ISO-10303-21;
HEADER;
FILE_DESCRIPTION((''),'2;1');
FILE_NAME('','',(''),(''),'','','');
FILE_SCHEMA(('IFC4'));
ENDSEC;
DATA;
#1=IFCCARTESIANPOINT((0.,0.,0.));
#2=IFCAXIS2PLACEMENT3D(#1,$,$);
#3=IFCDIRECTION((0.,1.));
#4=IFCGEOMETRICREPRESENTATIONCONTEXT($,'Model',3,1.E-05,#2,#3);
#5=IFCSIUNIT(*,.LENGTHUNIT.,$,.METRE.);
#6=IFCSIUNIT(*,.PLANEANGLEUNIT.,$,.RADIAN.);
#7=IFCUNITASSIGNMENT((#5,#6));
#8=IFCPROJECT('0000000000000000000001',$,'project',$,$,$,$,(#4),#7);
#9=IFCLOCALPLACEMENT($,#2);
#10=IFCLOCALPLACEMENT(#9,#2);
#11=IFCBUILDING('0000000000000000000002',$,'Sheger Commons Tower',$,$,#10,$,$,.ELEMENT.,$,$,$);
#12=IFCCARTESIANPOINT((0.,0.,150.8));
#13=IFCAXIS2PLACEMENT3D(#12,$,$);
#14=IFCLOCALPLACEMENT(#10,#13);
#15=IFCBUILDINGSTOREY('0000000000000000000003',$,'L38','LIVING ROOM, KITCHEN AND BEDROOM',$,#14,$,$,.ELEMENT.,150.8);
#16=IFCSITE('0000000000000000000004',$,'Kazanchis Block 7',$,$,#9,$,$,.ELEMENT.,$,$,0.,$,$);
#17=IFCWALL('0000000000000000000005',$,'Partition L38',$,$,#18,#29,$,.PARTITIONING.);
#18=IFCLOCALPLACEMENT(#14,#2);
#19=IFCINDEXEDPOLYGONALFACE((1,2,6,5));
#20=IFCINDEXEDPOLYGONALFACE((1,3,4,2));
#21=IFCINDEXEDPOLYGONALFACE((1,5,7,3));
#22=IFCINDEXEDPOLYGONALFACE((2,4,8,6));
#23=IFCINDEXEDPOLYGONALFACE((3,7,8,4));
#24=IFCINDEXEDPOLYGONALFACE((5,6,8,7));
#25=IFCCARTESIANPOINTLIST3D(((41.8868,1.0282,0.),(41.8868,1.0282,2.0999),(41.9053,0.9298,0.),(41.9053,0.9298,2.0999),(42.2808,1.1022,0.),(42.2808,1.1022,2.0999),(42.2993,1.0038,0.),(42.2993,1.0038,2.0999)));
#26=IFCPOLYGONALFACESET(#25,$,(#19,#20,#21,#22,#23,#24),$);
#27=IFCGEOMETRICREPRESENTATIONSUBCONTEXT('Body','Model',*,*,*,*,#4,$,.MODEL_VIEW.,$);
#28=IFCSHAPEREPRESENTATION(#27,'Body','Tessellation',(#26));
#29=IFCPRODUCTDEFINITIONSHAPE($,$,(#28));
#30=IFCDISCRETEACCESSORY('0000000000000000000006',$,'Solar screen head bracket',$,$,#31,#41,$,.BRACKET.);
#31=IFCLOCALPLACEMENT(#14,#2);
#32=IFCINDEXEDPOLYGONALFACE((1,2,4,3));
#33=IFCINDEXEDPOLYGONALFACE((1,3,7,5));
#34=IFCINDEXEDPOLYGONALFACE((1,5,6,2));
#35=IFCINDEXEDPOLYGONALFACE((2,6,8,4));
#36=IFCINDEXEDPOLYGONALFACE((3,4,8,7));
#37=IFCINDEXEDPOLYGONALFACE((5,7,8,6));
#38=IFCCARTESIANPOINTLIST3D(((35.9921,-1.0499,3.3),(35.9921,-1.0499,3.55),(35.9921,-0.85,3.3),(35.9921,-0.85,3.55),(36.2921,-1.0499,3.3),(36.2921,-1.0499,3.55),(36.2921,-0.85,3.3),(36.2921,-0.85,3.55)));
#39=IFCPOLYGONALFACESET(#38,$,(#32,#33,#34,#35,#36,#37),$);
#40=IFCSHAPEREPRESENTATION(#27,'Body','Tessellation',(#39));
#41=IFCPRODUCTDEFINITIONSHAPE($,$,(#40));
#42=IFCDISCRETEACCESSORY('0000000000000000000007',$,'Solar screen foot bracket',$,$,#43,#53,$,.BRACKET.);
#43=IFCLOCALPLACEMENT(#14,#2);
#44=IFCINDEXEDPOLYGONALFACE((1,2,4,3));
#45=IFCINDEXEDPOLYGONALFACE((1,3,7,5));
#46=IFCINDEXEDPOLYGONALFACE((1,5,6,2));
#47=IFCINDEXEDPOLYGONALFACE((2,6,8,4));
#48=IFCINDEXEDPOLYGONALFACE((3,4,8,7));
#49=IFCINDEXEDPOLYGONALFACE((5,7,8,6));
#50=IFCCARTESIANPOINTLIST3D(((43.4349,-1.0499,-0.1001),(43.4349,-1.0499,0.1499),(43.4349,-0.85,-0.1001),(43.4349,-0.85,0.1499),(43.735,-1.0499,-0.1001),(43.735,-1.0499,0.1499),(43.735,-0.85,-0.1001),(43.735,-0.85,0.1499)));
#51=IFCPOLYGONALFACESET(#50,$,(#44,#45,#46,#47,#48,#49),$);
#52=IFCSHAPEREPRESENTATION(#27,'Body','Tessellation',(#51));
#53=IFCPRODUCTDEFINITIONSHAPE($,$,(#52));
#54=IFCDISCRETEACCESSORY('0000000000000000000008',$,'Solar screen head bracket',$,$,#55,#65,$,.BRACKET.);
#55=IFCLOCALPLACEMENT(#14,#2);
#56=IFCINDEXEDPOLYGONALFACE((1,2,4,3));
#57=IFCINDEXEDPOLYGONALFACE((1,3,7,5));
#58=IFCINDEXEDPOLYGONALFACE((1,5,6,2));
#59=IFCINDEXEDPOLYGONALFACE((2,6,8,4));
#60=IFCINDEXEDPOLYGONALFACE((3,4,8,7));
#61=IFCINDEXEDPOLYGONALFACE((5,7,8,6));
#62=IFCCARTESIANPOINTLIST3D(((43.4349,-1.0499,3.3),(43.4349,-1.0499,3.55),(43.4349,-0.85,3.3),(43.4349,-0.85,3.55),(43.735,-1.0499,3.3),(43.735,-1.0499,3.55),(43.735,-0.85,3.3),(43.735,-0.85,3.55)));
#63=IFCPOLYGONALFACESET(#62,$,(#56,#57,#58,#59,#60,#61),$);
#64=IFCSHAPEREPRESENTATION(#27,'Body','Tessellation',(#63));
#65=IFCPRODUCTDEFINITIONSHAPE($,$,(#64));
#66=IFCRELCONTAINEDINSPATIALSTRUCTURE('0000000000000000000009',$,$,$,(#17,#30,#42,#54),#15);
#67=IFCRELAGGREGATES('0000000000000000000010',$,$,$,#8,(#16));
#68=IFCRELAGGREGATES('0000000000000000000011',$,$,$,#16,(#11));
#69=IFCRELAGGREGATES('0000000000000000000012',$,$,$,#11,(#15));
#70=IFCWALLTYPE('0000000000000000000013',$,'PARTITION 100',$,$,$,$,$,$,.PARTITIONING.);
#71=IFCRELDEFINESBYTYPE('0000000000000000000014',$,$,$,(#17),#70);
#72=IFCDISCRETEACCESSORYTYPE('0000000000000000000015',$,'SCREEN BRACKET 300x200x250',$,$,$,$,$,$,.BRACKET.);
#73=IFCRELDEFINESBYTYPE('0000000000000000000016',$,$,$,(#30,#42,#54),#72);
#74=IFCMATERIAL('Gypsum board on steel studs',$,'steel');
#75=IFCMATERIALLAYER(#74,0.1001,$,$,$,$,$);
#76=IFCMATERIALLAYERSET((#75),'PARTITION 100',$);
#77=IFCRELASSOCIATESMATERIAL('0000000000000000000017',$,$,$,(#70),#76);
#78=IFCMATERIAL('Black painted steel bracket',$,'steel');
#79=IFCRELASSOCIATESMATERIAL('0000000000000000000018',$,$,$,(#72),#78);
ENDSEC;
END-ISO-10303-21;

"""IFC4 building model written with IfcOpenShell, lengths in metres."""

from ifc_helpers import new_model, si_unit, direction, frame, frame_2d, origin, origin_2d, place, context, subcontext, project, spatial, rectangle, extrude, material, layer, layer_set, type_object, element, save


model = new_model("IFC4")

# Units and contexts
model_context = context("Model", 3, precision=1e-05, world=origin(), true_north=direction((0.0, 1.0)))
body_context = subcontext(model_context, "Body", "Model", "MODEL_VIEW")
ifc_project = project(units=[si_unit("LENGTHUNIT", "METRE"), si_unit("PLANEANGLEUNIT", "RADIAN")], contexts=[model_context])

# Site, building, storey
site_placement = place(None, origin())
site = spatial("IfcSite", under=ifc_project, at=site_placement, Name="Kazanchis Block 7", CompositionType="ELEMENT", RefElevation=0.0)
building_placement = place(site_placement, origin())
building = spatial("IfcBuilding", under=site, at=building_placement, Name="Sheger Commons Tower", CompositionType="ELEMENT")
storey_placement = place(building_placement, frame((0.0, 0.0, 150.8)))
storey = spatial("IfcBuildingStorey", under=building, at=storey_placement, Name="L38", Description="LIVING ROOM, KITCHEN AND BEDROOM", CompositionType="ELEMENT", Elevation=150.8)

# Shared definitions
ifc_material_1 = material(Name="Gypsum board on steel studs", Category="steel")
ifc_layer_1 = layer(ifc_material_1, 0.1001)
ifc_layer_set_1 = layer_set([ifc_layer_1], Name="PARTITION 100")
wall_type_1 = type_object("IfcWallType", Name="PARTITION 100", PredefinedType="PARTITIONING", material=ifc_layer_set_1)

# Wall
wall_1_placement = place(storey_placement, frame((42.29, 1.053, 0.0), z_axis=(0.0, 0.0, 1.0), x_axis=(-0.982831, -0.184509, 0.0)))
element("IfcWall", 1, at=wall_1_placement, inside=storey, type_object=wall_type_1, Name="Partition L38", PredefinedType="PARTITIONING", context=body_context, shape_type="SweptSolid", body=[
    extrude(rectangle(XDim=0.4009, YDim=0.1001, at=frame_2d((0.2004, 0.0))), origin(), (0.0, 0.0, 1.0), 2.0999),
])

# Discrete accessories
ifc_material_2 = material(Name="Black painted steel bracket", Category="steel")
discrete_accessory_type = type_object("IfcDiscreteAccessoryType", Name="SCREEN BRACKET 300x200x250", PredefinedType="BRACKET", material=ifc_material_2)
for number, where, z_axis, x_axis, name in (
    (2, (36.1421, -0.95, 3.3), (0.0, 0.0, 1.0), (1.0, 0.0, 0.0), "Solar screen head bracket"),
    (3, (43.585, -0.95, -0.1001), (0.0, 0.0, 1.0), (1.0, 0.0, 0.0), "Solar screen foot bracket"),
    (4, (43.585, -0.95, 3.3), (0.0, 0.0, 1.0), (1.0, 0.0, 0.0), "Solar screen head bracket"),
):
    element("IfcDiscreteAccessory", number, at=place(storey_placement, frame(where, z_axis=z_axis, x_axis=x_axis)), inside=storey, type_object=discrete_accessory_type, Name=name, PredefinedType="BRACKET", context=body_context, shape_type="SweptSolid", body=[
        extrude(rectangle(XDim=0.3, YDim=0.2, at=origin_2d()), origin(), (0.0, 0.0, 1.0), 0.25),
    ])

save(model, "model.ifc")
